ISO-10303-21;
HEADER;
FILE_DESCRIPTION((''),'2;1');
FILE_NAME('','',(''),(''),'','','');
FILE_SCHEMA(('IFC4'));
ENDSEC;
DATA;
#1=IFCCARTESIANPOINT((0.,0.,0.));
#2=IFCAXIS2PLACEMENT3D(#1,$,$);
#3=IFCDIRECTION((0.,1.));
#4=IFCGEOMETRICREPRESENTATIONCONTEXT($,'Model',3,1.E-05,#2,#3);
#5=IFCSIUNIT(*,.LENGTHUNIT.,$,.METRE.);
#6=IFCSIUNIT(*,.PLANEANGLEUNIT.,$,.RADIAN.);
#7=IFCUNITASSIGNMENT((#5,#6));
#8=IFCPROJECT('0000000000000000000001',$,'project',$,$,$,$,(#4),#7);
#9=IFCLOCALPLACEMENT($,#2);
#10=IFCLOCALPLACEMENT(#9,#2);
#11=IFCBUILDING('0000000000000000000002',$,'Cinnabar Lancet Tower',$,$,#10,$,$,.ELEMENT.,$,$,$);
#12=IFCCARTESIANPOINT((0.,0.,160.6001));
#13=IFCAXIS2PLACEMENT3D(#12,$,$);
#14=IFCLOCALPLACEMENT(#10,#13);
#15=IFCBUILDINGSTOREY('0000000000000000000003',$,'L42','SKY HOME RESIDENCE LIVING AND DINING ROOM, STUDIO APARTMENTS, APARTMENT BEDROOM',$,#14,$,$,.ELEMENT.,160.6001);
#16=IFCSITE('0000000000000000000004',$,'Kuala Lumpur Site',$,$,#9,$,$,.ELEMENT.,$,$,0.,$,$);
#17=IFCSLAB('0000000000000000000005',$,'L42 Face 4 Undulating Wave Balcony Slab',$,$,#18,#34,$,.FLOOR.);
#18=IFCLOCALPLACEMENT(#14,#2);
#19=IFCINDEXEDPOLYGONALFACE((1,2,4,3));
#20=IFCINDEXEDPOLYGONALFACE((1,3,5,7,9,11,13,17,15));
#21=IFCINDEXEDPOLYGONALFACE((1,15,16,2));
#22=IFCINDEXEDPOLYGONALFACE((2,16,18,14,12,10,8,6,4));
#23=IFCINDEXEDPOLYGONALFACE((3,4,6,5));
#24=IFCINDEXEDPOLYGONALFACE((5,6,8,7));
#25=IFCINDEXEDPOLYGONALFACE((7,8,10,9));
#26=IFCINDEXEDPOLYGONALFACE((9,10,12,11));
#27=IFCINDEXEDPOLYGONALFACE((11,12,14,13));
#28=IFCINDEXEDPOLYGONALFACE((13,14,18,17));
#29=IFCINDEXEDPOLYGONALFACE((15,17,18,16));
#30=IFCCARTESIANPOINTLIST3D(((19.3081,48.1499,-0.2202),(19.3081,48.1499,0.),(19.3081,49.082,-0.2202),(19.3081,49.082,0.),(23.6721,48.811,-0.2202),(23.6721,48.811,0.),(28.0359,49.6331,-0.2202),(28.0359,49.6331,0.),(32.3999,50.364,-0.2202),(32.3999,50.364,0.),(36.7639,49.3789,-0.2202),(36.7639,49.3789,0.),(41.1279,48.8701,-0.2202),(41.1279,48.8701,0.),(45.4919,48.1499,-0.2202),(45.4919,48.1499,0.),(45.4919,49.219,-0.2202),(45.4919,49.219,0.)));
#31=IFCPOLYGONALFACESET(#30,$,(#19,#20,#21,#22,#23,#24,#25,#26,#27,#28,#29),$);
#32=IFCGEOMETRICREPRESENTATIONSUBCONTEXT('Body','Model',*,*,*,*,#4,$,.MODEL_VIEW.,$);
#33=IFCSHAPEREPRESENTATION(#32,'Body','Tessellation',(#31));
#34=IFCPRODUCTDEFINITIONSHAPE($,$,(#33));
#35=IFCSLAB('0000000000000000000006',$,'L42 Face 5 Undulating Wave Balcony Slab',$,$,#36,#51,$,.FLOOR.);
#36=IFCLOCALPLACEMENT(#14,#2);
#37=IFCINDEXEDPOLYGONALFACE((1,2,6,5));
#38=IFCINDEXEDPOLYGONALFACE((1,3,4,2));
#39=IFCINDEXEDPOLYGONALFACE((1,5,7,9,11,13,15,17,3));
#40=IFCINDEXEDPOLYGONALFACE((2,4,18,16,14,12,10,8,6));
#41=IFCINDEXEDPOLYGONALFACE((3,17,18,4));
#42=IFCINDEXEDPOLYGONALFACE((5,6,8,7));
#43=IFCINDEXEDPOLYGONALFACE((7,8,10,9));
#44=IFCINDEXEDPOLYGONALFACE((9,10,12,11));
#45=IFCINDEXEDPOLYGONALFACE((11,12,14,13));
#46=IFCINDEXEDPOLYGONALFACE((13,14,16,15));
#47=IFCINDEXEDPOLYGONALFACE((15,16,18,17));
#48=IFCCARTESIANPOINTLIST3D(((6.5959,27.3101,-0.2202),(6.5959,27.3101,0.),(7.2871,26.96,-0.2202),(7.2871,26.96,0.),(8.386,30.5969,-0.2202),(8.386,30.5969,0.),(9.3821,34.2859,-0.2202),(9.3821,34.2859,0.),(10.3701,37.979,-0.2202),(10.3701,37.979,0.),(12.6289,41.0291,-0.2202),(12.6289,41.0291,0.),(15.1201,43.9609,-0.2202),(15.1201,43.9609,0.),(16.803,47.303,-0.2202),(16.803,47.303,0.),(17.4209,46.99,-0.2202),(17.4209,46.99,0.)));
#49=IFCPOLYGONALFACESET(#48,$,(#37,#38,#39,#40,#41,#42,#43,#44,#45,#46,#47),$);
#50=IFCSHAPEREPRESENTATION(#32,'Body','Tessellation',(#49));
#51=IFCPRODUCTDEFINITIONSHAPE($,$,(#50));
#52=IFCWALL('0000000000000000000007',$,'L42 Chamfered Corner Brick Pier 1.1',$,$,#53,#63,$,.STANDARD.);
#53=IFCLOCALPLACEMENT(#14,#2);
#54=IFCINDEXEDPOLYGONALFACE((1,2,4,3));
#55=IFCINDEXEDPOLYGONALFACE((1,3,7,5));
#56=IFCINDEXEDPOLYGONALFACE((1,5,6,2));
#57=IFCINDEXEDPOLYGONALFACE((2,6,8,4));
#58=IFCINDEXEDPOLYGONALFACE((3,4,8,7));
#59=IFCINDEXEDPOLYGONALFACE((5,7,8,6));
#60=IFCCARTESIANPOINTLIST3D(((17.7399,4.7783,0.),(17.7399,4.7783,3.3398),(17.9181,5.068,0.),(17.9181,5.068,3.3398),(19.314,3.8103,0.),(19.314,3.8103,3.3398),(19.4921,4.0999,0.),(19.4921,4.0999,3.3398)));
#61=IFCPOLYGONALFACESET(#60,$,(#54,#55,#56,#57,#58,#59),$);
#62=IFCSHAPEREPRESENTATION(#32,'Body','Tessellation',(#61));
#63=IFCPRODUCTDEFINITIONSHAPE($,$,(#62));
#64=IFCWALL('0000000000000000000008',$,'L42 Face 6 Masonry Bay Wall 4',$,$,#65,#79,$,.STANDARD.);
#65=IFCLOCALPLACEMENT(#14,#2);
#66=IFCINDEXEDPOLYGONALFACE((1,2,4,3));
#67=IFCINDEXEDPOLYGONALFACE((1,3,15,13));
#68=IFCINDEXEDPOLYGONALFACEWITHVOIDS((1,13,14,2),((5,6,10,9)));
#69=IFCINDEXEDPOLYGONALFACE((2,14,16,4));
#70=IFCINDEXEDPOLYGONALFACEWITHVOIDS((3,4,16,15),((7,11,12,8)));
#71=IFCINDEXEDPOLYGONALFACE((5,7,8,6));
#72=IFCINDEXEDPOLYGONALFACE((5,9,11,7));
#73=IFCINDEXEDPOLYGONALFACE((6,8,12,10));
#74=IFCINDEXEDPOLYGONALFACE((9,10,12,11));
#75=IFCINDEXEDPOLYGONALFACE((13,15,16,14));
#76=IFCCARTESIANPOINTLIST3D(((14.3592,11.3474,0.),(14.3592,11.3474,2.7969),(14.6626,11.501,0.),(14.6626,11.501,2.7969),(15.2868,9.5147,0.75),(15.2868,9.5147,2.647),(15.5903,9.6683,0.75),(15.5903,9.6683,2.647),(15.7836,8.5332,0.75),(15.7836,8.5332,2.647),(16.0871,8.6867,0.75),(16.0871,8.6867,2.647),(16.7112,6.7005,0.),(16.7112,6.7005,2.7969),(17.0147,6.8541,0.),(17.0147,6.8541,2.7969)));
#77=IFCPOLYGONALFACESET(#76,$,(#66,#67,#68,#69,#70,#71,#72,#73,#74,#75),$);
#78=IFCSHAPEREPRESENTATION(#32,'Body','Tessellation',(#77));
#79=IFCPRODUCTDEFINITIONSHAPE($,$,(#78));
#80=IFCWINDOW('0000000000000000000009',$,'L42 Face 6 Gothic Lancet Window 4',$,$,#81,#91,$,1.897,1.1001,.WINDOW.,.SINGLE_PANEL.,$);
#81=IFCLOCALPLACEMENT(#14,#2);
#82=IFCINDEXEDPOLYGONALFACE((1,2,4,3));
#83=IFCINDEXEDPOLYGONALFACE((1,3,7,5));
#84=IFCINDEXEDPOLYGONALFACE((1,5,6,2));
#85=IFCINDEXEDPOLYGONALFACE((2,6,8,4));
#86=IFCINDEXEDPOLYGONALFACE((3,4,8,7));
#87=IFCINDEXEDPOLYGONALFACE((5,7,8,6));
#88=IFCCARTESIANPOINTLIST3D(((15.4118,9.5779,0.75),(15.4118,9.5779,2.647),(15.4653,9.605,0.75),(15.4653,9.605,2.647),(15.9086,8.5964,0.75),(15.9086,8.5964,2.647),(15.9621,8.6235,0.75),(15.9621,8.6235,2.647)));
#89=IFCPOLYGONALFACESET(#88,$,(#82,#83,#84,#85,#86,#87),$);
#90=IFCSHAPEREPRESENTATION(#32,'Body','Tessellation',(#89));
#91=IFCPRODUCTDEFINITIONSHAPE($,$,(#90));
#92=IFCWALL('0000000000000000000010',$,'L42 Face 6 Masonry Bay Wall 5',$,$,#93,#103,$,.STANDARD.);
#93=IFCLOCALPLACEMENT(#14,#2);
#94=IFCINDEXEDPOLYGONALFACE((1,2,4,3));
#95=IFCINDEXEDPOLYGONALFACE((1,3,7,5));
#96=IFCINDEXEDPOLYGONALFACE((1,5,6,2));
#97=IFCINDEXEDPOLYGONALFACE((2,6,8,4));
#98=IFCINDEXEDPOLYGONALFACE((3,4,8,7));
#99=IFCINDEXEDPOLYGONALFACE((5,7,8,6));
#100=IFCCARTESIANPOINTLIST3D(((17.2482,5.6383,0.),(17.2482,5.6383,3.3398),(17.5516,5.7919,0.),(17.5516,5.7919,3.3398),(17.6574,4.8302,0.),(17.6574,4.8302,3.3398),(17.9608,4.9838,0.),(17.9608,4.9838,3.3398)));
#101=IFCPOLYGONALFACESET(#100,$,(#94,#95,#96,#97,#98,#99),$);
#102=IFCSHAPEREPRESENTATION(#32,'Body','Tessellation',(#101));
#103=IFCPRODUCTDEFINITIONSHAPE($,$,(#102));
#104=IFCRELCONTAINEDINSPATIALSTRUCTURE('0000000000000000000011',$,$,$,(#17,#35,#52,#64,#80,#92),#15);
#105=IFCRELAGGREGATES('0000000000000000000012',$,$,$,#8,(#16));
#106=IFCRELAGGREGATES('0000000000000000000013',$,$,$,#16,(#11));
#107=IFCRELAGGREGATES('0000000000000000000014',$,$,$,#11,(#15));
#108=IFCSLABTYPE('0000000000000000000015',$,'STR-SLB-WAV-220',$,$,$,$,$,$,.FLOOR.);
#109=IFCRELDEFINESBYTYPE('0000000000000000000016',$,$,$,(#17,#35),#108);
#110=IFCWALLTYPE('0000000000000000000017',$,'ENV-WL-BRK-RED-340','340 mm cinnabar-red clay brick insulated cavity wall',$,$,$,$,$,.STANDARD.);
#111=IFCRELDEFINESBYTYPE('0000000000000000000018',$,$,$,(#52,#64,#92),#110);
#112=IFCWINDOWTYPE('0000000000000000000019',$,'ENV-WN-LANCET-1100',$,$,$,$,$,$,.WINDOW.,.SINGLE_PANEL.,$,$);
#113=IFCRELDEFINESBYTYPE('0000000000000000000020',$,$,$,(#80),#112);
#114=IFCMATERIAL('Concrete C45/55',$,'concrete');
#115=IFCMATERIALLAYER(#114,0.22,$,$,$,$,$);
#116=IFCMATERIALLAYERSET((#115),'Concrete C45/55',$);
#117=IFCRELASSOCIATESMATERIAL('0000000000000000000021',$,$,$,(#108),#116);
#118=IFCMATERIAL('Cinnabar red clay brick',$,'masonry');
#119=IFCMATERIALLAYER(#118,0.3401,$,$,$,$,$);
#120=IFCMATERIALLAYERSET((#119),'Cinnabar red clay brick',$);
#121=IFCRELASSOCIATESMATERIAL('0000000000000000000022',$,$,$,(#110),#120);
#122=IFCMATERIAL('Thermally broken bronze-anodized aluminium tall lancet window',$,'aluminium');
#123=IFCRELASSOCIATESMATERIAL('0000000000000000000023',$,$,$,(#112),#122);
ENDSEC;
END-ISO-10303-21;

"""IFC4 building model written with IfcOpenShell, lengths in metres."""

from ifc_helpers import new_model, si_unit, direction, frame, frame_2d, origin, place, context, subcontext, project, spatial, polyline, rectangle, outline, extrude, material, layer, layer_set, type_object, element, fill, save


model = new_model("IFC4")

# Units and contexts
model_context = context("Model", 3, precision=1e-05, world=origin(), true_north=direction((0.0, 1.0)))
body_context = subcontext(model_context, "Body", "Model", "MODEL_VIEW")
ifc_project = project(units=[si_unit("LENGTHUNIT", "METRE"), si_unit("PLANEANGLEUNIT", "RADIAN")], contexts=[model_context])

# Site, building, storey
site_placement = place(None, origin())
site = spatial("IfcSite", under=ifc_project, at=site_placement, Name="Kuala Lumpur Site", CompositionType="ELEMENT", RefElevation=0.0)
building_placement = place(site_placement, origin())
building = spatial("IfcBuilding", under=site, at=building_placement, Name="Cinnabar Lancet Tower", CompositionType="ELEMENT")
storey_placement = place(building_placement, frame((0.0, 0.0, 160.6001)))
storey = spatial("IfcBuildingStorey", under=building, at=storey_placement, Name="L42", Description="SKY HOME RESIDENCE LIVING AND DINING ROOM, STUDIO APARTMENTS, APARTMENT BEDROOM", CompositionType="ELEMENT", Elevation=160.6001)

# Slabs
ifc_material_1 = material(Name="Concrete C45/55", Category="concrete")
ifc_layer_1 = layer(ifc_material_1, 0.22)
ifc_layer_set_1 = layer_set([ifc_layer_1], Name="Concrete C45/55")
slab_type_1 = type_object("IfcSlabType", Name="STR-SLB-WAV-220", PredefinedType="FLOOR", material=ifc_layer_set_1)
slab_1_placement = place(storey_placement, frame((0.0, 0.0, -0.2202)))
element("IfcSlab", 1, at=slab_1_placement, inside=storey, type_object=slab_type_1, Name="L42 Face 4 Undulating Wave Balcony Slab", PredefinedType="FLOOR", context=body_context, shape_type="SweptSolid", body=[
    extrude(outline(polyline([(45.4919, 48.1499), (45.4919, 49.219), (41.1279, 48.8701), (36.7639, 49.3789), (32.3999, 50.364), (28.0359, 49.6331), (23.6721, 48.811), (19.3081, 49.082), (19.3081, 48.1499), (45.4919, 48.1499)])), origin(), (0.0, 0.0, 1.0), 0.2202),
])
slab_2_placement = place(storey_placement, frame((0.0, 0.0, -0.2202)))
element("IfcSlab", 2, at=slab_2_placement, inside=storey, type_object=slab_type_1, Name="L42 Face 5 Undulating Wave Balcony Slab", PredefinedType="FLOOR", context=body_context, shape_type="SweptSolid", body=[
    extrude(outline(polyline([(17.4209, 46.99), (16.803, 47.303), (15.1201, 43.9609), (12.6289, 41.0291), (10.3701, 37.979), (9.3821, 34.2859), (8.386, 30.5969), (6.5959, 27.3101), (7.2871, 26.96), (17.4209, 46.99)])), origin(), (0.0, 0.0, 1.0), 0.2202),
])

# Wall
ifc_material_2 = material(Name="Cinnabar red clay brick", Category="masonry")
ifc_layer_2 = layer(ifc_material_2, 0.3401)
ifc_layer_set_2 = layer_set([ifc_layer_2], Name="Cinnabar red clay brick")
wall_type = type_object("IfcWallType", Name="ENV-WL-BRK-RED-340", Description="340 mm cinnabar-red clay brick insulated cavity wall", PredefinedType="STANDARD", material=ifc_layer_set_2)
wall_1_placement = place(storey_placement, frame((17.8291, 4.9231, 0.0), z_axis=(0.0, 0.0, 1.0), x_axis=(0.851799, -0.523869, 0.0)))
element("IfcWall", 3, at=wall_1_placement, inside=storey, type_object=wall_type, Name="L42 Chamfered Corner Brick Pier 1.1", PredefinedType="STANDARD", context=body_context, shape_type="SweptSolid", body=[
    extrude(rectangle(XDim=1.8479, YDim=0.3401, at=frame_2d((0.9238, 0.0))), origin(), (0.0, 0.0, 1.0), 3.3398),
])

# Wall, opening, window
wall_2_placement = place(storey_placement, frame((14.511, 11.4241, 0.0), z_axis=(0.0, 0.0, 1.0), x_axis=(0.451596, -0.892223, 0.0)))
wall_2 = element("IfcWall", 4, at=wall_2_placement, inside=storey, type_object=wall_type, Name="L42 Face 6 Masonry Bay Wall 4", PredefinedType="STANDARD", context=body_context, shape_type="SweptSolid", body=[
    extrude(rectangle(XDim=5.2083, YDim=0.3401, at=frame_2d((2.604, 0.0))), origin(), (0.0, 0.0, 1.0), 2.7969),
])
opening_placement = place(wall_2_placement, frame((2.054, 0.0, 0.75)))
opening = element("IfcOpeningElement", 5, at=opening_placement, cuts=wall_2, PredefinedType="OPENING", context=body_context, shape_type="SweptSolid", body=[
    extrude(rectangle(XDim=1.1001, YDim=1.897, at=frame_2d((0.55, 0.9485))), frame((0.0, 0.1799, 0.0), z_axis=(0.0, -1.0, 0.0), x_axis=(1.0, 0.0, 0.0)), (0.0, 0.0, 1.0), 0.3601),
])
ifc_material_3 = material(Name="Thermally broken bronze-anodized aluminium tall lancet window", Category="aluminium")
window_type = type_object("IfcWindowType", Name="ENV-WN-LANCET-1100", PartitioningType="SINGLE_PANEL", PredefinedType="WINDOW", material=ifc_material_3)
window_placement = place(opening_placement, origin())
window = element("IfcWindow", 6, at=window_placement, inside=storey, type_object=window_type, Name="L42 Face 6 Gothic Lancet Window 4", OverallHeight=1.897, OverallWidth=1.1001, PartitioningType="SINGLE_PANEL", PredefinedType="WINDOW", context=body_context, shape_type="SweptSolid", body=[
    extrude(rectangle(XDim=1.1001, YDim=1.897, at=frame_2d((0.55, 0.9485))), frame((0.0, 0.03, 0.0), z_axis=(0.0, -1.0, 0.0), x_axis=(1.0, 0.0, 0.0)), (0.0, 0.0, 1.0), 0.0601),
])
fill(opening, window)

# Wall
wall_3_placement = place(storey_placement, frame((17.3999, 5.7151, 0.0), z_axis=(0.0, 0.0, 1.0), x_axis=(0.451736, -0.892152, 0.0)))
element("IfcWall", 7, at=wall_3_placement, inside=storey, type_object=wall_type, Name="L42 Face 6 Masonry Bay Wall 5", PredefinedType="STANDARD", context=body_context, shape_type="SweptSolid", body=[
    extrude(rectangle(XDim=0.9058, YDim=0.3401, at=frame_2d((0.4529, 0.0))), origin(), (0.0, 0.0, 1.0), 3.3398),
])

save(model, "model.ifc")
